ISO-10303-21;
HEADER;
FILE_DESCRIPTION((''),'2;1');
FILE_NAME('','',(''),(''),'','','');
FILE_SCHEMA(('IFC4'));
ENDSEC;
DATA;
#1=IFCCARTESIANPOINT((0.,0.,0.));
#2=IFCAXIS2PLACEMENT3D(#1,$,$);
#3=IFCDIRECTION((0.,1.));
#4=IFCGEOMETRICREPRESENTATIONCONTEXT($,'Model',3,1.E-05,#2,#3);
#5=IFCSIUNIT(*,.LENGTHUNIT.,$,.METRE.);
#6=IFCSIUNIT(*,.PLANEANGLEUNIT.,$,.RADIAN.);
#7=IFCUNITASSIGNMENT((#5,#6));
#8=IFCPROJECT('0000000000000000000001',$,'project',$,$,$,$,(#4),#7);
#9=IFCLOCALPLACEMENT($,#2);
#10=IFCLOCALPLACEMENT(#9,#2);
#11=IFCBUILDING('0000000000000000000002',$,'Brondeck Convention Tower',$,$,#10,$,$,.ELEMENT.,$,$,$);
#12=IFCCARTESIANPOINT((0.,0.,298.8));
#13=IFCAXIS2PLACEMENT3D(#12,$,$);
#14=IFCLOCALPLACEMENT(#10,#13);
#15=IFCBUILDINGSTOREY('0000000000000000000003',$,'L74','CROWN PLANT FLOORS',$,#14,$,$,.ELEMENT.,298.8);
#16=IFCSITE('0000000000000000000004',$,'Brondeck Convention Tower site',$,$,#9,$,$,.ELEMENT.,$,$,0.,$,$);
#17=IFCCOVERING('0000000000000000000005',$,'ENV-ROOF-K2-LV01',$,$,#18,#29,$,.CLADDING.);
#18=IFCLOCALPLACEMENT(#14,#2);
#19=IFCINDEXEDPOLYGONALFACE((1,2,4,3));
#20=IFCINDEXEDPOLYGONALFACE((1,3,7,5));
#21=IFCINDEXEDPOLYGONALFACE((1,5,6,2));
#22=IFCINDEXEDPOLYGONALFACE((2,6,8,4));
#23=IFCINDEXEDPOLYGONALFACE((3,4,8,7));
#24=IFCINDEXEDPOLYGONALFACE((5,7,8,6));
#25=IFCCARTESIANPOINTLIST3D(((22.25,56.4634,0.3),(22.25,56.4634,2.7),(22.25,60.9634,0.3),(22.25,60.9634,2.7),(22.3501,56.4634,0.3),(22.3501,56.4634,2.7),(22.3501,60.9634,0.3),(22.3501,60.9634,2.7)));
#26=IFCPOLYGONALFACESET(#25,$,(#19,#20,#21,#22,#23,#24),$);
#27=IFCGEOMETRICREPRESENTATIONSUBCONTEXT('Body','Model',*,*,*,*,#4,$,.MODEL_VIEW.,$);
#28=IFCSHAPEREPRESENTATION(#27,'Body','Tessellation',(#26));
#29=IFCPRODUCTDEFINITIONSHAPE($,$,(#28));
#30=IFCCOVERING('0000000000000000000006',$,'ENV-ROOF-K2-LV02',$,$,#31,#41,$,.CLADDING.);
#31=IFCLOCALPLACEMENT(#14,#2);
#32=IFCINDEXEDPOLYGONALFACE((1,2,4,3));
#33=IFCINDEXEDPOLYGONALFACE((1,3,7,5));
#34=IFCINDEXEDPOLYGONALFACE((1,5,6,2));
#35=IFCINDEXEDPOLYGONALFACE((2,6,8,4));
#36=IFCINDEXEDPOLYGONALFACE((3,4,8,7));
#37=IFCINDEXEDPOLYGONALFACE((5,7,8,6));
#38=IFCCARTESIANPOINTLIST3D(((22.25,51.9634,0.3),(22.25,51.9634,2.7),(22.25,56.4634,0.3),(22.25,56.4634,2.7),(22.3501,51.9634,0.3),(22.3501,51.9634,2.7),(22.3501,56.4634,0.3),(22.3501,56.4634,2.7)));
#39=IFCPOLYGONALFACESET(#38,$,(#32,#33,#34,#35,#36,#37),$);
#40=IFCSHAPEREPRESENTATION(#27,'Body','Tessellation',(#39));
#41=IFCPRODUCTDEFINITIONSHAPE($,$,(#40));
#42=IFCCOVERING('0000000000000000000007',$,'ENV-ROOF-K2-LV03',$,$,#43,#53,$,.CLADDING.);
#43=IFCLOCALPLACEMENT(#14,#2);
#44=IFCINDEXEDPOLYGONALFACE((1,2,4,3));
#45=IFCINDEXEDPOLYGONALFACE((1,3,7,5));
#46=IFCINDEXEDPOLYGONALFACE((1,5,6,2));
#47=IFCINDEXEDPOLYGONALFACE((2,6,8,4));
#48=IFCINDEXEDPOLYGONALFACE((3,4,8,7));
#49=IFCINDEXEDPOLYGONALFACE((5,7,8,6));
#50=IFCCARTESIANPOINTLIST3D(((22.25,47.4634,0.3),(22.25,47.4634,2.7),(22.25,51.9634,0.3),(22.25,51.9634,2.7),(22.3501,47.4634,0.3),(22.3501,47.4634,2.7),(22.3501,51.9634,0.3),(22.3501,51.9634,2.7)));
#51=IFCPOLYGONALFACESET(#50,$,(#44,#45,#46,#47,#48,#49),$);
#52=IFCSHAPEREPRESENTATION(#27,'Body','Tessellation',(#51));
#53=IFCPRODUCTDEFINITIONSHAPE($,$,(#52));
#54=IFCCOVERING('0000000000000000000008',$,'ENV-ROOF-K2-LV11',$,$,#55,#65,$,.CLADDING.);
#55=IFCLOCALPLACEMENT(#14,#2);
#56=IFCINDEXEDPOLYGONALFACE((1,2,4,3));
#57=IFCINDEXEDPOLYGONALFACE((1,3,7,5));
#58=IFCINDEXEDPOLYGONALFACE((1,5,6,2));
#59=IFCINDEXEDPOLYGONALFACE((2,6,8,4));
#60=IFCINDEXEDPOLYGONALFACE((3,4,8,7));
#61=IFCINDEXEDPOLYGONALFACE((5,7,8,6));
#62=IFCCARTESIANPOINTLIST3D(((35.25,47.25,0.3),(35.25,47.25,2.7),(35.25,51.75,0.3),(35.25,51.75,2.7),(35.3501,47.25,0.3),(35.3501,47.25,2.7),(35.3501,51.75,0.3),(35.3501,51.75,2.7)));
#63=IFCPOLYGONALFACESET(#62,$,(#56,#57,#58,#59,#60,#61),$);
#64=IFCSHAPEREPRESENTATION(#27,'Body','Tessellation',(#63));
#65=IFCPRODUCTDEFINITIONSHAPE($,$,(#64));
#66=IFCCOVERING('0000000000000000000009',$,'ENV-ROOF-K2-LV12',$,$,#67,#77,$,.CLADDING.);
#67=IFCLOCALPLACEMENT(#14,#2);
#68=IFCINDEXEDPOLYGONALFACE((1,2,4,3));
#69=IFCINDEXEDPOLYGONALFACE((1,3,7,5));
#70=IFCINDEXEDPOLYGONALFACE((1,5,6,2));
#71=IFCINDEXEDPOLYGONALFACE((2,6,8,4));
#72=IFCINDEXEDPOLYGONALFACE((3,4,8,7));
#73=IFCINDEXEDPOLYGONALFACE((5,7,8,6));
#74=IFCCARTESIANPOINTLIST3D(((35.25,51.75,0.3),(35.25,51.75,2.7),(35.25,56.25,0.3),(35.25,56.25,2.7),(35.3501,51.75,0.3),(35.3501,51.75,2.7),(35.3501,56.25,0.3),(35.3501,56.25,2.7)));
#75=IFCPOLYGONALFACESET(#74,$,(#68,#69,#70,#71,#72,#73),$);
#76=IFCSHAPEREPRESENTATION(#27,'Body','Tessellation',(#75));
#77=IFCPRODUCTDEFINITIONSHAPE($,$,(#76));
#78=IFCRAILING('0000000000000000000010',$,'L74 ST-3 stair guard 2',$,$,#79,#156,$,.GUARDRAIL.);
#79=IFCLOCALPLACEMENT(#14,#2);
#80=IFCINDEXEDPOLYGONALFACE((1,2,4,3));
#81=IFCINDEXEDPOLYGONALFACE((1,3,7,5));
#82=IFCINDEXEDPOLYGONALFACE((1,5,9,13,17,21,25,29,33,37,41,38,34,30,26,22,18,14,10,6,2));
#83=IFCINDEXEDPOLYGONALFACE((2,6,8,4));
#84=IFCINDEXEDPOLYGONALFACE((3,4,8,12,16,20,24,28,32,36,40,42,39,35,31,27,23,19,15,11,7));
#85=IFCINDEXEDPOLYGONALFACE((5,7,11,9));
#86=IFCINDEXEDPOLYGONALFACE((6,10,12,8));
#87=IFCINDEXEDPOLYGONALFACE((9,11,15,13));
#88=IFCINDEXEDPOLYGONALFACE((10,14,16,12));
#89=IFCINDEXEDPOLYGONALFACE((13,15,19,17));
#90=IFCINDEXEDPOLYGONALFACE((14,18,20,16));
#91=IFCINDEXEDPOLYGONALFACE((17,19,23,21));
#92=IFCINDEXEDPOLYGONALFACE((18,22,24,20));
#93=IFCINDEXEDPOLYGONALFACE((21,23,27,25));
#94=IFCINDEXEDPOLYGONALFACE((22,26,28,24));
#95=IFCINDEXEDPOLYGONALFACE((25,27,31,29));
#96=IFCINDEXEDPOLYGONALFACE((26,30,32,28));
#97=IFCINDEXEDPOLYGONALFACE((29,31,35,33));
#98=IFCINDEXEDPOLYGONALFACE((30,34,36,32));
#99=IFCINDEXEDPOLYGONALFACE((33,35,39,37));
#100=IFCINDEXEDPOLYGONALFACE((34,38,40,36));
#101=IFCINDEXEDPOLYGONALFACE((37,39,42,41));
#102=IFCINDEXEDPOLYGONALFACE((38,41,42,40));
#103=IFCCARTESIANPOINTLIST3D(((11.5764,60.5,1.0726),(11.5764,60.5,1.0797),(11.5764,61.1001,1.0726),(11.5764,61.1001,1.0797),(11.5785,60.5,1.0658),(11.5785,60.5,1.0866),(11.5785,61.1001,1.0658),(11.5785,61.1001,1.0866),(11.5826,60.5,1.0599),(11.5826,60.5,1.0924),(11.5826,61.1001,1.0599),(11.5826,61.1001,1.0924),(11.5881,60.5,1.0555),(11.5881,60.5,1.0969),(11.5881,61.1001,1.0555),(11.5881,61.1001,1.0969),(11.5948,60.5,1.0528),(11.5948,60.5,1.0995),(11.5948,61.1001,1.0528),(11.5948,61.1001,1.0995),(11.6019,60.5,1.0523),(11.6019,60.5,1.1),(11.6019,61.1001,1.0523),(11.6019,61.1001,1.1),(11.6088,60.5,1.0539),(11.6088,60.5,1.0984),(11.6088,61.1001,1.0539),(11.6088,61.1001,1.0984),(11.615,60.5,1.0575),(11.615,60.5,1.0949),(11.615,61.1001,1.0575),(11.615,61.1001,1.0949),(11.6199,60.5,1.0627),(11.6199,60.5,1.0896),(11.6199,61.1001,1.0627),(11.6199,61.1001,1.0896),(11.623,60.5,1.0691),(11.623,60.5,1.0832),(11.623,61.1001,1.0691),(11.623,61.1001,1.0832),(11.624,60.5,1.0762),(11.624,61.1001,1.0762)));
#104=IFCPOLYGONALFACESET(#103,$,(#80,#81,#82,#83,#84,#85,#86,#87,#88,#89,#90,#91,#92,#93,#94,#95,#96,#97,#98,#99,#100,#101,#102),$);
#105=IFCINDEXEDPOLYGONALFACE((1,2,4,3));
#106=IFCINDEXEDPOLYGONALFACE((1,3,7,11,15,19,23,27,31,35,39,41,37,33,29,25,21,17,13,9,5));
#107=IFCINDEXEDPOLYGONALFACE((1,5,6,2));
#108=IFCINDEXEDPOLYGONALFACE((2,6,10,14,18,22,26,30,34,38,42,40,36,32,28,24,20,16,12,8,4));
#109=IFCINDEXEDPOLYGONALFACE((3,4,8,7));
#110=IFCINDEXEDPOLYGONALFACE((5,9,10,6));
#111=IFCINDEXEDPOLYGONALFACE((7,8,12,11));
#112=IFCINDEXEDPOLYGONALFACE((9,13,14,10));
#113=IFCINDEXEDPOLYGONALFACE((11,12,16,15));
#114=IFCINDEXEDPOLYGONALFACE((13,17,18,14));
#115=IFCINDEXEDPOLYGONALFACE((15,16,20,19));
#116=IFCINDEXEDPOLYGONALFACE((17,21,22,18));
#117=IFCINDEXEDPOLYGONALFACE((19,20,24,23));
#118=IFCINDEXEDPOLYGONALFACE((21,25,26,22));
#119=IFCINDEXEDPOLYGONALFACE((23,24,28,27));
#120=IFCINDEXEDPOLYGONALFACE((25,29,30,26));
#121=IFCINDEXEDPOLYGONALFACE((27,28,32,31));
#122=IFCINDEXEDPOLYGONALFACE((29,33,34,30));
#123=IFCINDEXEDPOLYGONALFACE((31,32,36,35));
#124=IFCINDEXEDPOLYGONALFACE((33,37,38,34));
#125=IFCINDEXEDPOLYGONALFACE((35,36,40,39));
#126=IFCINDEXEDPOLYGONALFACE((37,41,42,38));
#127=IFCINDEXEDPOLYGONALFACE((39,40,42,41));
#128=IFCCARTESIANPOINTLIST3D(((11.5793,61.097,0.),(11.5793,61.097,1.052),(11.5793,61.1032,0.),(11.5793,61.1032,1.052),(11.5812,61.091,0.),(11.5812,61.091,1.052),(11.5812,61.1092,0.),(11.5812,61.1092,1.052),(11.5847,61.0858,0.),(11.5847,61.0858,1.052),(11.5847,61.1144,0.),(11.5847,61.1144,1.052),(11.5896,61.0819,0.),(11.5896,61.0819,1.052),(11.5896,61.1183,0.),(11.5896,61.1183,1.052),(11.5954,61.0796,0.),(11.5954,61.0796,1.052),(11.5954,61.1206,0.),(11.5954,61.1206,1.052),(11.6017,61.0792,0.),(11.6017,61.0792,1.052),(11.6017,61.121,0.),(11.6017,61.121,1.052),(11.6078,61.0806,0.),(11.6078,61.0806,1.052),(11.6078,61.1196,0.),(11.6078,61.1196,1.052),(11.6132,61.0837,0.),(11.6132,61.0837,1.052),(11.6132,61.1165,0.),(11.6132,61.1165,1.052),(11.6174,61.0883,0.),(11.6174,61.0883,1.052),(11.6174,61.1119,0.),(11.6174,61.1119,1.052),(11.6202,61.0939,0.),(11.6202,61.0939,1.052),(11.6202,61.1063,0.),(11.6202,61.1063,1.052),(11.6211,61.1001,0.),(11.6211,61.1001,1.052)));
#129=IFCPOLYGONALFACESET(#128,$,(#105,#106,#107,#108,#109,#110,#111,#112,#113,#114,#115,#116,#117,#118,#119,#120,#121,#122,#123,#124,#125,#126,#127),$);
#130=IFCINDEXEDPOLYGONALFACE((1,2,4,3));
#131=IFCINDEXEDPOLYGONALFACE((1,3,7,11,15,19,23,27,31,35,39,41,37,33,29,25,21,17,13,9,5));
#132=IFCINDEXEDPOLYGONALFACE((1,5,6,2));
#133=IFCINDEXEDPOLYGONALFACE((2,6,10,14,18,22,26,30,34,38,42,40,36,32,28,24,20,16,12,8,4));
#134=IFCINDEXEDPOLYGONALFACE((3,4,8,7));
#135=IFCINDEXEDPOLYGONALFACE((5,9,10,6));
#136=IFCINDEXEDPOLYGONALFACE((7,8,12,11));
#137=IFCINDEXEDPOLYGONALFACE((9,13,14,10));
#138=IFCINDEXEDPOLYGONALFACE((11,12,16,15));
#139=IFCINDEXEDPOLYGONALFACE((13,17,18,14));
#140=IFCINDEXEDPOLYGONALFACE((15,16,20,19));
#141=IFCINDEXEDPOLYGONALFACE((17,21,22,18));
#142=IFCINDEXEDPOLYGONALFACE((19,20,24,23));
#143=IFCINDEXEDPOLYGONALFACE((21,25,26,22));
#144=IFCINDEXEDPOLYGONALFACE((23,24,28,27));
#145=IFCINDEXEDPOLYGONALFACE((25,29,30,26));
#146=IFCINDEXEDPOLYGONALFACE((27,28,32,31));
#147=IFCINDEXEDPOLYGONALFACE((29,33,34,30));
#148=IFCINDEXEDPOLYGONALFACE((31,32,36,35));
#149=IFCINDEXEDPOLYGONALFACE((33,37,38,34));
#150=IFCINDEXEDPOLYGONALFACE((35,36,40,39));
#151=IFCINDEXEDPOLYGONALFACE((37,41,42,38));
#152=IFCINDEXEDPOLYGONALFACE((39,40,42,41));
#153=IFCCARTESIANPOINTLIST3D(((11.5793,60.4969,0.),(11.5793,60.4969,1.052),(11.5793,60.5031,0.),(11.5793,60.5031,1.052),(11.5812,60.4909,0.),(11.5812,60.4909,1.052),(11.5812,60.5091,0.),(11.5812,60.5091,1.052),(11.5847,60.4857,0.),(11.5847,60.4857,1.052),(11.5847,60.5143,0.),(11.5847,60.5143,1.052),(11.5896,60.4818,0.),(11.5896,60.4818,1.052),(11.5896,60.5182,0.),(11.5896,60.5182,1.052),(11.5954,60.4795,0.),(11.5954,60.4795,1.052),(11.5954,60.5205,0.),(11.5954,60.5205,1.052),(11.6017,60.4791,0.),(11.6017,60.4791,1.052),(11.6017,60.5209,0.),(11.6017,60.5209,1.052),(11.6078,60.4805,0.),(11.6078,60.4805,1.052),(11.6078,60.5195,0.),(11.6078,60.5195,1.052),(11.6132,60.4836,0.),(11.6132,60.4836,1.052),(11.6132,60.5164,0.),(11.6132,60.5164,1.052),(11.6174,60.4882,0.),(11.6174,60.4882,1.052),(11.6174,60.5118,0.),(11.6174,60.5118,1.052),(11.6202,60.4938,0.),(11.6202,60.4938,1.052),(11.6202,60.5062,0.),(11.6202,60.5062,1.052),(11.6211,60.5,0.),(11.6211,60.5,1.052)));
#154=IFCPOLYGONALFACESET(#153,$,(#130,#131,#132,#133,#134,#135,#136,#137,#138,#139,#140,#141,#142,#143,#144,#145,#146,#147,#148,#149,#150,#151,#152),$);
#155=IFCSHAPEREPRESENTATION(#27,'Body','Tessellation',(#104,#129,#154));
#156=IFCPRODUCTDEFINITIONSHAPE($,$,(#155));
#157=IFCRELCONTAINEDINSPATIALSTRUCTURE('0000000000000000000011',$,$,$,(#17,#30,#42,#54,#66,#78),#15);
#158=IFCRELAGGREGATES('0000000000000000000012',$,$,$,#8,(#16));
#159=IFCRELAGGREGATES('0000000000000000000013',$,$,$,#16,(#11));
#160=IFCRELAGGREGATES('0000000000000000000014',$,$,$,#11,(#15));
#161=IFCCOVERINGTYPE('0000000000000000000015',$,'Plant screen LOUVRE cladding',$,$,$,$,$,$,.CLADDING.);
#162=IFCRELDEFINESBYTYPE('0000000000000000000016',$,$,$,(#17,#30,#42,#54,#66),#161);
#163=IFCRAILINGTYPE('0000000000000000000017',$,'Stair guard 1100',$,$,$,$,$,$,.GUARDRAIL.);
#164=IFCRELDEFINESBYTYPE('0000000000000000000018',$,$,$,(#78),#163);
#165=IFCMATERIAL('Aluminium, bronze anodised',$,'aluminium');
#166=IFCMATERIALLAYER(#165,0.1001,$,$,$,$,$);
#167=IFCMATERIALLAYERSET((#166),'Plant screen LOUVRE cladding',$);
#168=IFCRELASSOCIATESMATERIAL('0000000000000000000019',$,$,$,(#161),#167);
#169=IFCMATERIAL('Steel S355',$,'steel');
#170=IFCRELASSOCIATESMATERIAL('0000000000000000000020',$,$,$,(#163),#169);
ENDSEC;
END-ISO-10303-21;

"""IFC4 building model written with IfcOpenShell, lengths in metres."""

from ifc_helpers import new_model, si_unit, direction, frame, origin, origin_2d, place, context, subcontext, project, spatial, rectangle, circle, extrude, material, layer, layer_set, type_object, element, save


model = new_model("IFC4")

# Units and contexts
model_context = context("Model", 3, precision=1e-05, world=origin(), true_north=direction((0.0, 1.0)))
body_context = subcontext(model_context, "Body", "Model", "MODEL_VIEW")
ifc_project = project(units=[si_unit("LENGTHUNIT", "METRE"), si_unit("PLANEANGLEUNIT", "RADIAN")], contexts=[model_context])

# Site, building, storey
site_placement = place(None, origin())
site = spatial("IfcSite", under=ifc_project, at=site_placement, Name="Brondeck Convention Tower site", CompositionType="ELEMENT", RefElevation=0.0)
building_placement = place(site_placement, origin())
building = spatial("IfcBuilding", under=site, at=building_placement, Name="Brondeck Convention Tower", CompositionType="ELEMENT")
storey_placement = place(building_placement, frame((0.0, 0.0, 298.8)))
storey = spatial("IfcBuildingStorey", under=building, at=storey_placement, Name="L74", Description="CROWN PLANT FLOORS", CompositionType="ELEMENT", Elevation=298.8)

# Shared definitions
ifc_material_1 = material(Name="Aluminium, bronze anodised", Category="aluminium")

# Coverings
ifc_layer_1 = layer(ifc_material_1, 0.1001)
ifc_layer_set_1 = layer_set([ifc_layer_1], Name="Plant screen LOUVRE cladding")
covering_type_1 = type_object("IfcCoveringType", Name="Plant screen LOUVRE cladding", PredefinedType="CLADDING", material=ifc_layer_set_1)
for number, where, z_axis, x_axis, name in (
    (1, (22.3, 58.7134, 0.3), (0.0, 0.0, 1.0), (0.0, -1.0, 0.0), "ENV-ROOF-K2-LV01"),
    (2, (22.3, 54.2134, 0.3), (0.0, 0.0, 1.0), (0.0, -1.0, 0.0), "ENV-ROOF-K2-LV02"),
    (3, (22.3, 49.7134, 0.3), (0.0, 0.0, 1.0), (0.0, -1.0, 0.0), "ENV-ROOF-K2-LV03"),
    (4, (35.3, 49.5, 0.3), (0.0, 0.0, 1.0), (0.0, 1.0, 0.0), "ENV-ROOF-K2-LV11"),
    (5, (35.3, 54.0, 0.3), (0.0, 0.0, 1.0), (0.0, 1.0, 0.0), "ENV-ROOF-K2-LV12"),
):
    element("IfcCovering", number, at=place(storey_placement, frame(where, z_axis=z_axis, x_axis=x_axis)), inside=storey, type_object=covering_type_1, Name=name, PredefinedType="CLADDING", context=body_context, shape_type="SweptSolid", body=[
        extrude(rectangle(XDim=4.5, YDim=0.1001, at=origin_2d()), origin(), (0.0, 0.0, 1.0), 2.3999),
    ])

# Railing
ifc_material_2 = material(Name="Steel S355", Category="steel")
railing_type_1 = type_object("IfcRailingType", Name="Stair guard 1100", PredefinedType="GUARDRAIL", material=ifc_material_2)
railing_1_placement = place(storey_placement, frame((11.6001, 61.1001, 0.0)))
element("IfcRailing", 6, at=railing_1_placement, inside=storey, type_object=railing_type_1, Name="L74 ST-3 stair guard 2", PredefinedType="GUARDRAIL", context=body_context, shape_type="SweptSolid", body=[
    extrude(circle(Radius=0.0239, at=origin_2d()), frame((0.0, 0.0, 1.0762), z_axis=(0.0, -1.0, 0.0), x_axis=(1.0, 0.0, 0.0)), (0.0, 0.0, 1.0), 0.6001),
    extrude(circle(Radius=0.021, at=origin_2d()), origin(), (0.0, 0.0, 1.0), 1.052),
    extrude(circle(Radius=0.021, at=origin_2d()), frame((0.0, -0.6001, 0.0)), (0.0, 0.0, 1.0), 1.052),
])

save(model, "model.ifc")
